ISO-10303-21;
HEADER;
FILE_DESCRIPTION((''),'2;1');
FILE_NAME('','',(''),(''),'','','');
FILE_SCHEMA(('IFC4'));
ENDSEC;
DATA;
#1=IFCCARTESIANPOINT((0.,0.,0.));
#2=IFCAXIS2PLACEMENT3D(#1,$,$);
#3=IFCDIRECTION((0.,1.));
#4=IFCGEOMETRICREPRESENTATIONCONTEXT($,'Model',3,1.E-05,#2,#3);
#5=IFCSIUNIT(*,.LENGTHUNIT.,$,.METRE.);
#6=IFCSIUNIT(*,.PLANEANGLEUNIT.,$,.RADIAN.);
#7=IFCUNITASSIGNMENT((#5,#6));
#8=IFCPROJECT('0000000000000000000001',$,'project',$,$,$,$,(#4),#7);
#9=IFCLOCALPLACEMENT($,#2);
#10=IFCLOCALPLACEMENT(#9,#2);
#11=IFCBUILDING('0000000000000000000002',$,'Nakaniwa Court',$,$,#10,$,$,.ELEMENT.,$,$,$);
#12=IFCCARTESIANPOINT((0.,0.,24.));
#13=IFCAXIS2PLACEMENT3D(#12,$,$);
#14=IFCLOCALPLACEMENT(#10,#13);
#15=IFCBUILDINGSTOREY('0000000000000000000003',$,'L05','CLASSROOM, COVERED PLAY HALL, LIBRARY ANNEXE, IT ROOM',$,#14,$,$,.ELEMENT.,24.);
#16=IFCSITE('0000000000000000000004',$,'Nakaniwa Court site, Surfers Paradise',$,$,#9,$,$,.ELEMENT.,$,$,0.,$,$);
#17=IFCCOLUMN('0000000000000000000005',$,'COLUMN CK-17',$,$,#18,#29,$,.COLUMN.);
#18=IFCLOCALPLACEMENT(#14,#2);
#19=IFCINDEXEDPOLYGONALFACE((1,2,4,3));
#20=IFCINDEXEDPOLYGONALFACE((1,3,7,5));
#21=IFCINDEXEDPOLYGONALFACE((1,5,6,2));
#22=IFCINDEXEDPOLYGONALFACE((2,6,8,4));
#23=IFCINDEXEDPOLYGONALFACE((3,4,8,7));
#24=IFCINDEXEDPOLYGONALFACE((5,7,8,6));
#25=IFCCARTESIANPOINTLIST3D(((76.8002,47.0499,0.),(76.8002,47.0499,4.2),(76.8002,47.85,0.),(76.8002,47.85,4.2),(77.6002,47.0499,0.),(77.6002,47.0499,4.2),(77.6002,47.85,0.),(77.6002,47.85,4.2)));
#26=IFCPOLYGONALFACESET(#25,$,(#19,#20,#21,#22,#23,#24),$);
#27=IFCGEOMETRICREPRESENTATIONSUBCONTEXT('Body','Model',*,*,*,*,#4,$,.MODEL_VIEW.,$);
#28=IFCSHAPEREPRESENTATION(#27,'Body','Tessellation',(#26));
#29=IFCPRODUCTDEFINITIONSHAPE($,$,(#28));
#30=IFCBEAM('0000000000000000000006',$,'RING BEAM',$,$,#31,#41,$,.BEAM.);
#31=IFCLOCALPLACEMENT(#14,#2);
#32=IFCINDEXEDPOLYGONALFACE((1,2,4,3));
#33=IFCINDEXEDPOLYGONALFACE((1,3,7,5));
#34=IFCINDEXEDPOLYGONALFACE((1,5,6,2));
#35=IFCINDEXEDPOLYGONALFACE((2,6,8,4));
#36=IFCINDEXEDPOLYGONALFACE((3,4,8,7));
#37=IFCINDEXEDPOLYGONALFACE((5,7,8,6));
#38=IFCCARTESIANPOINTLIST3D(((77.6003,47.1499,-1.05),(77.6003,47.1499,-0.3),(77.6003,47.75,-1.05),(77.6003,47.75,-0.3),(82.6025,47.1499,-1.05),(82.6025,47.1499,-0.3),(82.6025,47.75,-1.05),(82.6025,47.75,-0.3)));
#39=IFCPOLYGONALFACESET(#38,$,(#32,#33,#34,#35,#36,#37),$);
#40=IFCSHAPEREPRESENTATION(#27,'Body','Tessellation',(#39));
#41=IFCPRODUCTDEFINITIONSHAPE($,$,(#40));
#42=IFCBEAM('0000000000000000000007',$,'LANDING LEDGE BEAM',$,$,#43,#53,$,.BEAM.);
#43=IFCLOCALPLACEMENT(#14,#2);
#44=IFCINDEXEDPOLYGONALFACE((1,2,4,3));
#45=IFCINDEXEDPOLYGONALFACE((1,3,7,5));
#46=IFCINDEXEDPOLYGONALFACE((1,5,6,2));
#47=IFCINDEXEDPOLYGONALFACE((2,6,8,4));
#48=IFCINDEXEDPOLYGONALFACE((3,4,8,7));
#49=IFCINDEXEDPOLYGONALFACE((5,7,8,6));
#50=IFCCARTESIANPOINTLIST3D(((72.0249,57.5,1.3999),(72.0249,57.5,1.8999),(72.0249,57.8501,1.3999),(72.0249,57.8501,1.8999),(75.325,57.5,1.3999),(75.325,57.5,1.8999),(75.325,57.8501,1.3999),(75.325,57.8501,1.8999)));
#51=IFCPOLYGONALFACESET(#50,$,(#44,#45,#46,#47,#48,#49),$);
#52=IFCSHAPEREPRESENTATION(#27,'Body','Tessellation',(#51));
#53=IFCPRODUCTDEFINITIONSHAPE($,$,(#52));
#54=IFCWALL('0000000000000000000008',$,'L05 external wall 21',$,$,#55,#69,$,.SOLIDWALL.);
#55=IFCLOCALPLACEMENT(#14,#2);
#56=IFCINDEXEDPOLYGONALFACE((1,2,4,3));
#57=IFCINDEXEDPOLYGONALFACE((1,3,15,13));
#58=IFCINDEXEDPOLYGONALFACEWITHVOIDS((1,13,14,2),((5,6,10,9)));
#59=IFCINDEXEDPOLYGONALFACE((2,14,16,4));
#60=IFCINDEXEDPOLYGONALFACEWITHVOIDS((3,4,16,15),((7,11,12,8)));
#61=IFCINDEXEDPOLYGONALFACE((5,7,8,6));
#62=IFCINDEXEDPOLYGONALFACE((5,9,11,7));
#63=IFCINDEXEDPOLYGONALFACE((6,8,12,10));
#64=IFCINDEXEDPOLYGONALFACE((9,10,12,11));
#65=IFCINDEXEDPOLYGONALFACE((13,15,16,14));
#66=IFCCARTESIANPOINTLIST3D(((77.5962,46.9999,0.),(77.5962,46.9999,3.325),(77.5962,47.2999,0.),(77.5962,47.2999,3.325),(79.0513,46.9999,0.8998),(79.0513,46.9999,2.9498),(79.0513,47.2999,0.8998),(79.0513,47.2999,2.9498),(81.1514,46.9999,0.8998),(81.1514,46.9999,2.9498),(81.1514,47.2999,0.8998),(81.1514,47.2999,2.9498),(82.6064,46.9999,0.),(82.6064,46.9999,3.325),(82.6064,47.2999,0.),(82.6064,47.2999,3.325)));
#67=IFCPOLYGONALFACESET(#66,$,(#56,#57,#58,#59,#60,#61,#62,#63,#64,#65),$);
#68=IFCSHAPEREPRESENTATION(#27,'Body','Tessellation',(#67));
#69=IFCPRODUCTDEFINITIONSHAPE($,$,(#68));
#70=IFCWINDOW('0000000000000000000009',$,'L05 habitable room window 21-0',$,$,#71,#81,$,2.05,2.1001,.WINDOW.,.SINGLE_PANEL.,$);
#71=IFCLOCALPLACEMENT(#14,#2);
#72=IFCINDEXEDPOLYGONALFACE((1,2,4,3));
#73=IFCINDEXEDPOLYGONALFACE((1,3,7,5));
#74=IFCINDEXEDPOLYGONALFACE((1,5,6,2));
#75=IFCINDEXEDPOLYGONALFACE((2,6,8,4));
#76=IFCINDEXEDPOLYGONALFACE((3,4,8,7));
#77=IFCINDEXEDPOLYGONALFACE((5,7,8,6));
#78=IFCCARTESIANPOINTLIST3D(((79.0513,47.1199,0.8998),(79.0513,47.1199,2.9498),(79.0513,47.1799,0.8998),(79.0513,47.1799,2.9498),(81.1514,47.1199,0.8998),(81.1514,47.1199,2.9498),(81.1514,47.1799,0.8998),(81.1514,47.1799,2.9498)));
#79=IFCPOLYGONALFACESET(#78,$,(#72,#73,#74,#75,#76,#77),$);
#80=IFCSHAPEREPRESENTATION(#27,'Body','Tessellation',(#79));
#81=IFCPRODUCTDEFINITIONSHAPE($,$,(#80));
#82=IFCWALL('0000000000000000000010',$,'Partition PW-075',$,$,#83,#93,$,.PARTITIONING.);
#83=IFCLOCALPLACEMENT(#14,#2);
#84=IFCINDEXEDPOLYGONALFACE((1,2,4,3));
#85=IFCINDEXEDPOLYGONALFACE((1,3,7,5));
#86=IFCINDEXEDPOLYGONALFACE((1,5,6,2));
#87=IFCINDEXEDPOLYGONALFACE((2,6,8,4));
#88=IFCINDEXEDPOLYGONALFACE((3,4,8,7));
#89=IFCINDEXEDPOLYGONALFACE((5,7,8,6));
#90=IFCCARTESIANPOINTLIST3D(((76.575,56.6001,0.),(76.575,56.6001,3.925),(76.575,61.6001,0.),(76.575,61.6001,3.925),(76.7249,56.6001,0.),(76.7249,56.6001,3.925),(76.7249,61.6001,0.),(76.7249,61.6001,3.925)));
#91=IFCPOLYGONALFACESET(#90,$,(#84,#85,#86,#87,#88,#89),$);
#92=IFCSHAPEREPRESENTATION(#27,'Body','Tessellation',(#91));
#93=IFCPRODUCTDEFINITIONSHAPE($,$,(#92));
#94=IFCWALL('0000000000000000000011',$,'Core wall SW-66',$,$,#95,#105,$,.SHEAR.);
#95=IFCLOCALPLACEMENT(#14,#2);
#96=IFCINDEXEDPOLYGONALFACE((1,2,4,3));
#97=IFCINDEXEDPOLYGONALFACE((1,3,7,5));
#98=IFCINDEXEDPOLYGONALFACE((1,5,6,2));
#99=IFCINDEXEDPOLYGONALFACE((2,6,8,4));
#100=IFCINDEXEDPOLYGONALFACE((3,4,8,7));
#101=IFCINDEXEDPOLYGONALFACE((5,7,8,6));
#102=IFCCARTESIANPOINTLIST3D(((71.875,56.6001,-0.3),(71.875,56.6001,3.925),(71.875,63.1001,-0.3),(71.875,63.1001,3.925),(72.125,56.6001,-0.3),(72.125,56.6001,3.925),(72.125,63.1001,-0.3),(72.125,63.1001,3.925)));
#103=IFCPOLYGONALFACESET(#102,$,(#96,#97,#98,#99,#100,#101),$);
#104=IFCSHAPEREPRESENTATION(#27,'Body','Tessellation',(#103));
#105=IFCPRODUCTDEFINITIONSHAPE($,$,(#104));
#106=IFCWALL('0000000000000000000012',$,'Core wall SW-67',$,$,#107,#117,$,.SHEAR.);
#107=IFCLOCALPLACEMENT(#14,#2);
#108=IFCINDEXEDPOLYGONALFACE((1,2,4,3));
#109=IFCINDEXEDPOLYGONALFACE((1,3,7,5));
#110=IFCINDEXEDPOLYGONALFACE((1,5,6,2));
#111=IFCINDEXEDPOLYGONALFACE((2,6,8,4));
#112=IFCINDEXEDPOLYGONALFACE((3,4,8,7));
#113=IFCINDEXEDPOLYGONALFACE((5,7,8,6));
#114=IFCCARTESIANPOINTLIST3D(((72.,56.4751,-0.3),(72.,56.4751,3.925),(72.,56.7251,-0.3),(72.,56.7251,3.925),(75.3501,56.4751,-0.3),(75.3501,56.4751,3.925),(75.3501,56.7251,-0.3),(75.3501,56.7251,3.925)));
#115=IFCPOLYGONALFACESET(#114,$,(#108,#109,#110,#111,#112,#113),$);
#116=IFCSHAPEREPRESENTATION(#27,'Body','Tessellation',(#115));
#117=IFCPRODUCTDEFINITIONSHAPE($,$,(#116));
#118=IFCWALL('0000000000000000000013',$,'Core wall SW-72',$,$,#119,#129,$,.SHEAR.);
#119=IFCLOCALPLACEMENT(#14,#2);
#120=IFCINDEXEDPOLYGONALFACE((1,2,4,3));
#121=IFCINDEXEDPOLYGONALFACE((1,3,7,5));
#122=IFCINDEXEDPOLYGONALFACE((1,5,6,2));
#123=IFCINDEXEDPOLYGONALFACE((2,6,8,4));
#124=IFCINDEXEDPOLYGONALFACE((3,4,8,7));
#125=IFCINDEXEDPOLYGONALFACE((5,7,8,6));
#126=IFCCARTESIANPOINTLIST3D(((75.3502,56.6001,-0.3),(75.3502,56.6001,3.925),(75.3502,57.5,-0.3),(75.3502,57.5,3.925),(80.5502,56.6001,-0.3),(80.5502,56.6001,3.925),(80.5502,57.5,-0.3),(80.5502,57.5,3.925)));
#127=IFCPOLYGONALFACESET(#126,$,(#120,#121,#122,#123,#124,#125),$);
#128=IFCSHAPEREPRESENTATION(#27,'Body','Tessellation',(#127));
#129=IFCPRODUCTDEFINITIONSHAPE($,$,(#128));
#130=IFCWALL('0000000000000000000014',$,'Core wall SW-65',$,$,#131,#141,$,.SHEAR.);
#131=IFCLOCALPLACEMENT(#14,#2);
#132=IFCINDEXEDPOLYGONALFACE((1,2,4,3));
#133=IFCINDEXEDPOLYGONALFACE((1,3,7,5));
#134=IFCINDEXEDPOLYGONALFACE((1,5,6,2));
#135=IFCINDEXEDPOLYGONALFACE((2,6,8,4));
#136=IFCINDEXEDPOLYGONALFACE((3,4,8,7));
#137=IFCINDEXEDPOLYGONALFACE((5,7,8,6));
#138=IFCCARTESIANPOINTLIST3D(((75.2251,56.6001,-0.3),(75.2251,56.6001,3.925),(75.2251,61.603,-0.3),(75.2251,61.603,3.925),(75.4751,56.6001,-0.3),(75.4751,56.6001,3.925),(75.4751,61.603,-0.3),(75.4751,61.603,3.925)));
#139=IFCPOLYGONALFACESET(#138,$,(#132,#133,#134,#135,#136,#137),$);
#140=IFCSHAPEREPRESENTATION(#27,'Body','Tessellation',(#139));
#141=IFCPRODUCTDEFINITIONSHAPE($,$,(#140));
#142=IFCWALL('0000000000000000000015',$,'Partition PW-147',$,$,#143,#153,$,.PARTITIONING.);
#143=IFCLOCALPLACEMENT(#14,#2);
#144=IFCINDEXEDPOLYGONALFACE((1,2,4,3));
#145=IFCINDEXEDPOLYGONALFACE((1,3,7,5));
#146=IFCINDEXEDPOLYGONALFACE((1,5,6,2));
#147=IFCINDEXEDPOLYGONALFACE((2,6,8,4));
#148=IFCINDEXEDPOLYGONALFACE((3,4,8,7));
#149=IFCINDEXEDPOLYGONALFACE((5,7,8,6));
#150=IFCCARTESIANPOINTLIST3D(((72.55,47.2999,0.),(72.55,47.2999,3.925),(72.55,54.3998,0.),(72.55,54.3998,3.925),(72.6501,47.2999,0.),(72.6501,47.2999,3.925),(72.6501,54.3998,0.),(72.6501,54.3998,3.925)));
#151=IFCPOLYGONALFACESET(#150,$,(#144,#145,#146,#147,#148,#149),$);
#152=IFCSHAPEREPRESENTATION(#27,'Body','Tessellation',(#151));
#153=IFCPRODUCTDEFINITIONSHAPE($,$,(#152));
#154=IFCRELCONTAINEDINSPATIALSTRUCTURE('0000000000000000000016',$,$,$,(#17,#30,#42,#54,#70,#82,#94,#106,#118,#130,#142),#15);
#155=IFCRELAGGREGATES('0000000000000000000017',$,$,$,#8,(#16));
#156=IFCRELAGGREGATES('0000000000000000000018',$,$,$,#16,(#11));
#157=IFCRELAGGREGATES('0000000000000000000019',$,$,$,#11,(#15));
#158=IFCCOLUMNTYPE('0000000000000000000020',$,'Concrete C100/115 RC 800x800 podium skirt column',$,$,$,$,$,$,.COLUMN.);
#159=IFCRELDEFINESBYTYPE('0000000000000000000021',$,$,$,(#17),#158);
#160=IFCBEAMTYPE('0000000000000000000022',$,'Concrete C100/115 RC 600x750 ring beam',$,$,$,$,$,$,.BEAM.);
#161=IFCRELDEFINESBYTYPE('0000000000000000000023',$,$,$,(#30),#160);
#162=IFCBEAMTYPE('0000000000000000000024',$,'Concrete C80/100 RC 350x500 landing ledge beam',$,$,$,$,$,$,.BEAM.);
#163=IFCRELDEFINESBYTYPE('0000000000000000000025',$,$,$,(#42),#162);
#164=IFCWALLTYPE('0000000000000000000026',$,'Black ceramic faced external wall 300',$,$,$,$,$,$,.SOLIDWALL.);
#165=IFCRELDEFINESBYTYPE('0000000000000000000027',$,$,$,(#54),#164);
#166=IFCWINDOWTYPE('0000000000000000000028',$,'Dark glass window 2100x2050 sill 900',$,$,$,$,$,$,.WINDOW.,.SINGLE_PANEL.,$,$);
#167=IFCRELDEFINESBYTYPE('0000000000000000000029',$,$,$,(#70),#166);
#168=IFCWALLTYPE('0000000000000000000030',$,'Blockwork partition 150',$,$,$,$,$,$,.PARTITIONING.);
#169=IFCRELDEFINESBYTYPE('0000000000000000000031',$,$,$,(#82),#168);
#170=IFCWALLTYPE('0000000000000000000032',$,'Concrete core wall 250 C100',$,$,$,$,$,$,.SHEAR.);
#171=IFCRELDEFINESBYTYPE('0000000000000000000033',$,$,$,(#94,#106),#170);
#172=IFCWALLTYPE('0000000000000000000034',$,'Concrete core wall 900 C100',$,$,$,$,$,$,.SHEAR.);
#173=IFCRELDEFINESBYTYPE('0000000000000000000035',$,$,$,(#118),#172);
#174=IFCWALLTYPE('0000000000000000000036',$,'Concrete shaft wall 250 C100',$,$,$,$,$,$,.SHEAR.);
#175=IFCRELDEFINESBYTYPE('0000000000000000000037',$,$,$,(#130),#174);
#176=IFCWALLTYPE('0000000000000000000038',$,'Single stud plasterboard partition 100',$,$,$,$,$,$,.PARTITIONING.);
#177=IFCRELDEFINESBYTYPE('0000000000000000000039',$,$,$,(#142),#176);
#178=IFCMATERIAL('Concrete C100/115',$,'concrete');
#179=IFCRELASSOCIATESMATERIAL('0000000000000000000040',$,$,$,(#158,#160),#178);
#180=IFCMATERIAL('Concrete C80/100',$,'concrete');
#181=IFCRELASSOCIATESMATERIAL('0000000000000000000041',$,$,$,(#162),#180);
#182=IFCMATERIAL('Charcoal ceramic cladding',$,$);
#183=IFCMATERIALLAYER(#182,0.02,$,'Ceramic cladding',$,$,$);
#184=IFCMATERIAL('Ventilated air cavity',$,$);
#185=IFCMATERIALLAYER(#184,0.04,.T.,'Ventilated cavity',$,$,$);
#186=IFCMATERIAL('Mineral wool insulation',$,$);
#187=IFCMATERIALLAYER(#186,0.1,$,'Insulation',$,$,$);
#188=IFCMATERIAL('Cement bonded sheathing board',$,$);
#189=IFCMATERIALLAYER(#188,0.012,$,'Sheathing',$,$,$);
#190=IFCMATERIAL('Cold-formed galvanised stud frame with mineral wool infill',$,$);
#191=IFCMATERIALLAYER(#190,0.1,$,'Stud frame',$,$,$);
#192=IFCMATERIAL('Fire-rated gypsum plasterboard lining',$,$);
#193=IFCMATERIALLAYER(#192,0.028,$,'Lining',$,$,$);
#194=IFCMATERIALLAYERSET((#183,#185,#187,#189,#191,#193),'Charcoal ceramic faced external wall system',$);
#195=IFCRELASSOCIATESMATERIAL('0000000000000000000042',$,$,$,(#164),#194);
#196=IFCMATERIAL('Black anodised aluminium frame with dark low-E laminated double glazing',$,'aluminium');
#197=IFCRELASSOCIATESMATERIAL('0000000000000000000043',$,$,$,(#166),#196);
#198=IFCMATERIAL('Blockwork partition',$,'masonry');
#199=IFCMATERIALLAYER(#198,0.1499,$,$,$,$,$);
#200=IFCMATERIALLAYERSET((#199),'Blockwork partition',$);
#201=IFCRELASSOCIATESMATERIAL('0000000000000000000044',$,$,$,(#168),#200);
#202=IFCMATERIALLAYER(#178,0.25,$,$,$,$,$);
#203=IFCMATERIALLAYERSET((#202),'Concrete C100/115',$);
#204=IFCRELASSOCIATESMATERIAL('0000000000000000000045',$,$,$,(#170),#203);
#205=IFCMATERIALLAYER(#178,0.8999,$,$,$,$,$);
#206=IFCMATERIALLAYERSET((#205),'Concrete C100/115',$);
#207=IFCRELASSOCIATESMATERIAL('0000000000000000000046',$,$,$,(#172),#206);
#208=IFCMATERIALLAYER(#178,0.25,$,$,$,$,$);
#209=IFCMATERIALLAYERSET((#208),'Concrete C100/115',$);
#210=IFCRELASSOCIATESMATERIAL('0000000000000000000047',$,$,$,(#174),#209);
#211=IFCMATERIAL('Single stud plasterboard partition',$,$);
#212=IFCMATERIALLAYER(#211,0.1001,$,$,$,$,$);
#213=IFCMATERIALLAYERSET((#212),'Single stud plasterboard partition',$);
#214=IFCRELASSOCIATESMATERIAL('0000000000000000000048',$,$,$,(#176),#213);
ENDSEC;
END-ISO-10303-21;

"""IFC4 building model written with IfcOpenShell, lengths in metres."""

from ifc_helpers import new_model, si_unit, direction, frame, frame_2d, origin, origin_2d, place, context, subcontext, project, spatial, rectangle, extrude, material, layer, layer_set, material_profile, profile_set, type_object, element, fill, save


model = new_model("IFC4")

# Units and contexts
model_context = context("Model", 3, precision=1e-05, world=origin(), true_north=direction((0.0, 1.0)))
body_context = subcontext(model_context, "Body", "Model", "MODEL_VIEW")
ifc_project = project(units=[si_unit("LENGTHUNIT", "METRE"), si_unit("PLANEANGLEUNIT", "RADIAN")], contexts=[model_context])

# Site, building, storey
site_placement = place(None, origin())
site = spatial("IfcSite", under=ifc_project, at=site_placement, Name="Nakaniwa Court site, Surfers Paradise", CompositionType="ELEMENT", RefElevation=0.0)
building_placement = place(site_placement, origin())
building = spatial("IfcBuilding", under=site, at=building_placement, Name="Nakaniwa Court", CompositionType="ELEMENT")
storey_placement = place(building_placement, frame((0.0, 0.0, 24.0)))
storey = spatial("IfcBuildingStorey", under=building, at=storey_placement, Name="L05", Description="CLASSROOM, COVERED PLAY HALL, LIBRARY ANNEXE, IT ROOM", CompositionType="ELEMENT", Elevation=24.0)

# Column
ifc_material_1 = material(Name="Concrete C100/115", Category="concrete")
ifc_material_profile_1 = material_profile(ifc_material_1, rectangle(XDim=0.8, YDim=0.8, at=origin_2d()), Name="Concrete C100/115 RC 800x800 podium skirt column")
ifc_profile_set_1 = profile_set([ifc_material_profile_1], Name="Concrete C100/115")
column_type = type_object("IfcColumnType", Name="Concrete C100/115 RC 800x800 podium skirt column", PredefinedType="COLUMN", material=ifc_profile_set_1)
column_placement = place(storey_placement, frame((77.2002, 47.45, 0.0), z_axis=(0.0, 0.0, 1.0), x_axis=(1.0, 0.0, 0.0)))
element("IfcColumn", 1, at=column_placement, inside=storey, type_object=column_type, Name="COLUMN CK-17", PredefinedType="COLUMN", context=body_context, shape_type="SweptSolid", body=[
    extrude(rectangle(XDim=0.8, YDim=0.8, at=origin_2d()), origin(), (0.0, 0.0, 1.0), 4.2),
])

# Beams
ifc_material_profile_2 = material_profile(ifc_material_1, rectangle(XDim=0.6001, YDim=0.75, at=origin_2d()), Name="Concrete C100/115 RC 600x750 ring beam")
ifc_profile_set_2 = profile_set([ifc_material_profile_2], Name="Concrete C100/115")
beam_type_1 = type_object("IfcBeamType", Name="Concrete C100/115 RC 600x750 ring beam", PredefinedType="BEAM", material=ifc_profile_set_2)
beam_1_placement = place(storey_placement, frame((77.6003, 47.45, -0.675), z_axis=(1.0, 0.0, 0.0), x_axis=(0.0, 1.0, 0.0)))
element("IfcBeam", 2, at=beam_1_placement, inside=storey, type_object=beam_type_1, Name="RING BEAM", PredefinedType="BEAM", context=body_context, shape_type="SweptSolid", body=[
    extrude(rectangle(XDim=0.6001, YDim=0.75, at=origin_2d()), origin(), (0.0, 0.0, 1.0), 5.0022),
])
ifc_material_2 = material(Name="Concrete C80/100", Category="concrete")
ifc_material_profile_3 = material_profile(ifc_material_2, rectangle(XDim=0.3501, YDim=0.5, at=origin_2d()), Name="Concrete C80/100 RC 350x500 landing ledge beam")
ifc_profile_set_3 = profile_set([ifc_material_profile_3], Name="Concrete C80/100")
beam_type_2 = type_object("IfcBeamType", Name="Concrete C80/100 RC 350x500 landing ledge beam", PredefinedType="BEAM", material=ifc_profile_set_3)
beam_2_placement = place(storey_placement, frame((72.0249, 57.675, 1.6499), z_axis=(1.0, 0.0, 0.0), x_axis=(0.0, 1.0, 0.0)))
element("IfcBeam", 3, at=beam_2_placement, inside=storey, type_object=beam_type_2, Name="LANDING LEDGE BEAM", PredefinedType="BEAM", context=body_context, shape_type="SweptSolid", body=[
    extrude(rectangle(XDim=0.3501, YDim=0.5, at=origin_2d()), origin(), (0.0, 0.0, 1.0), 3.3),
])

# Wall, opening, window
ifc_material_3 = material(Name="Charcoal ceramic cladding")
ifc_layer_1 = layer(ifc_material_3, 0.02, Name="Ceramic cladding")
ifc_material_4 = material(Name="Ventilated air cavity")
ifc_layer_2 = layer(ifc_material_4, 0.04, ventilated=True, Name="Ventilated cavity")
ifc_material_5 = material(Name="Mineral wool insulation")
ifc_layer_3 = layer(ifc_material_5, 0.1, Name="Insulation")
ifc_material_6 = material(Name="Cement bonded sheathing board")
ifc_layer_4 = layer(ifc_material_6, 0.012, Name="Sheathing")
ifc_material_7 = material(Name="Cold-formed galvanised stud frame with mineral wool infill")
ifc_layer_5 = layer(ifc_material_7, 0.1, Name="Stud frame")
ifc_material_8 = material(Name="Fire-rated gypsum plasterboard lining")
ifc_layer_6 = layer(ifc_material_8, 0.028, Name="Lining")
ifc_layer_set_1 = layer_set([ifc_layer_1, ifc_layer_2, ifc_layer_3, ifc_layer_4, ifc_layer_5, ifc_layer_6], Name="Charcoal ceramic faced external wall system")
wall_type_1 = type_object("IfcWallType", Name="Black ceramic faced external wall 300", PredefinedType="SOLIDWALL", material=ifc_layer_set_1)
wall_1_placement = place(storey_placement, frame((77.5962, 47.1499, 0.0), z_axis=(0.0, 0.0, 1.0), x_axis=(1.0, 0.0, 0.0)))
wall_1 = element("IfcWall", 4, at=wall_1_placement, inside=storey, type_object=wall_type_1, Name="L05 external wall 21", PredefinedType="SOLIDWALL", context=body_context, shape_type="SweptSolid", body=[
    extrude(rectangle(XDim=5.0103, YDim=0.3, at=frame_2d((2.5051, 0.0))), origin(), (0.0, 0.0, 1.0), 3.325),
])
opening_placement = place(wall_1_placement, frame((1.4551, 0.0, 0.8999)))
opening = element("IfcOpeningElement", 5, at=opening_placement, cuts=wall_1, PredefinedType="OPENING", context=body_context, shape_type="SweptSolid", body=[
    extrude(rectangle(XDim=2.1001, YDim=2.05, at=frame_2d((1.05, 1.0249))), frame((0.0, 0.1599, 0.0), z_axis=(0.0, -1.0, 0.0), x_axis=(1.0, 0.0, 0.0)), (0.0, 0.0, 1.0), 0.3201),
])
ifc_material_9 = material(Name="Black anodised aluminium frame with dark low-E laminated double glazing", Category="aluminium")
window_type = type_object("IfcWindowType", Name="Dark glass window 2100x2050 sill 900", PartitioningType="SINGLE_PANEL", PredefinedType="WINDOW", material=ifc_material_9)
window_placement = place(opening_placement, origin())
window = element("IfcWindow", 6, at=window_placement, inside=storey, type_object=window_type, Name="L05 habitable room window 21-0", OverallHeight=2.05, OverallWidth=2.1001, PartitioningType="SINGLE_PANEL", PredefinedType="WINDOW", context=body_context, shape_type="SweptSolid", body=[
    extrude(rectangle(XDim=2.1001, YDim=2.05, at=frame_2d((1.05, 1.0249))), frame((0.0, 0.03, 0.0), z_axis=(0.0, -1.0, 0.0), x_axis=(1.0, 0.0, 0.0)), (0.0, 0.0, 1.0), 0.0601),
])
fill(opening, window)

# Walls
ifc_material_10 = material(Name="Blockwork partition", Category="masonry")
ifc_layer_7 = layer(ifc_material_10, 0.1499)
ifc_layer_set_2 = layer_set([ifc_layer_7], Name="Blockwork partition")
wall_type_2 = type_object("IfcWallType", Name="Blockwork partition 150", PredefinedType="PARTITIONING", material=ifc_layer_set_2)
wall_2_placement = place(storey_placement, frame((76.6499, 56.6001, 0.0), z_axis=(0.0, 0.0, 1.0), x_axis=(0.0, 1.0, 0.0)))
element("IfcWall", 7, at=wall_2_placement, inside=storey, type_object=wall_type_2, Name="Partition PW-075", PredefinedType="PARTITIONING", context=body_context, shape_type="SweptSolid", body=[
    extrude(rectangle(XDim=5.0, YDim=0.1499, at=frame_2d((2.5, 0.0))), origin(), (0.0, 0.0, 1.0), 3.925),
])
ifc_layer_8 = layer(ifc_material_1, 0.25)
ifc_layer_set_3 = layer_set([ifc_layer_8], Name="Concrete C100/115")
wall_type_3 = type_object("IfcWallType", Name="Concrete core wall 250 C100", PredefinedType="SHEAR", material=ifc_layer_set_3)
wall_3_placement = place(storey_placement, frame((72.0, 56.6001, -0.3), z_axis=(0.0, 0.0, 1.0), x_axis=(0.0, 1.0, 0.0)))
element("IfcWall", 8, at=wall_3_placement, inside=storey, type_object=wall_type_3, Name="Core wall SW-66", PredefinedType="SHEAR", context=body_context, shape_type="SweptSolid", body=[
    extrude(rectangle(XDim=6.5, YDim=0.25, at=frame_2d((3.25, 0.0))), origin(), (0.0, 0.0, 1.0), 4.2251),
])
wall_4_placement = place(storey_placement, frame((72.0, 56.6001, -0.3), z_axis=(0.0, 0.0, 1.0), x_axis=(1.0, 0.0, 0.0)))
element("IfcWall", 9, at=wall_4_placement, inside=storey, type_object=wall_type_3, Name="Core wall SW-67", PredefinedType="SHEAR", context=body_context, shape_type="SweptSolid", body=[
    extrude(rectangle(XDim=3.3501, YDim=0.25, at=frame_2d((1.675, 0.0))), origin(), (0.0, 0.0, 1.0), 4.2251),
])
ifc_layer_9 = layer(ifc_material_1, 0.8999)
ifc_layer_set_4 = layer_set([ifc_layer_9], Name="Concrete C100/115")
wall_type_4 = type_object("IfcWallType", Name="Concrete core wall 900 C100", PredefinedType="SHEAR", material=ifc_layer_set_4)
wall_5_placement = place(storey_placement, frame((75.3501, 57.05, -0.3), z_axis=(0.0, 0.0, 1.0), x_axis=(1.0, 0.0, 0.0)))
element("IfcWall", 10, at=wall_5_placement, inside=storey, type_object=wall_type_4, Name="Core wall SW-72", PredefinedType="SHEAR", context=body_context, shape_type="SweptSolid", body=[
    extrude(rectangle(XDim=5.2, YDim=0.8999, at=frame_2d((2.6001, 0.0))), origin(), (0.0, 0.0, 1.0), 4.2251),
])
ifc_layer_10 = layer(ifc_material_1, 0.25)
ifc_layer_set_5 = layer_set([ifc_layer_10], Name="Concrete C100/115")
wall_type_5 = type_object("IfcWallType", Name="Concrete shaft wall 250 C100", PredefinedType="SHEAR", material=ifc_layer_set_5)
wall_6_placement = place(storey_placement, frame((75.3501, 56.6001, -0.3), z_axis=(0.0, 0.0, 1.0), x_axis=(0.0, 1.0, 0.0)))
element("IfcWall", 11, at=wall_6_placement, inside=storey, type_object=wall_type_5, Name="Core wall SW-65", PredefinedType="SHEAR", context=body_context, shape_type="SweptSolid", body=[
    extrude(rectangle(XDim=5.0029, YDim=0.25, at=frame_2d((2.5015, 0.0))), origin(), (0.0, 0.0, 1.0), 4.2251),
])
ifc_material_11 = material(Name="Single stud plasterboard partition")
ifc_layer_11 = layer(ifc_material_11, 0.1001)
ifc_layer_set_6 = layer_set([ifc_layer_11], Name="Single stud plasterboard partition")
wall_type_6 = type_object("IfcWallType", Name="Single stud plasterboard partition 100", PredefinedType="PARTITIONING", material=ifc_layer_set_6)
wall_7_placement = place(storey_placement, frame((72.6001, 47.3, 0.0), z_axis=(0.0, 0.0, 1.0), x_axis=(0.0, 1.0, 0.0)))
element("IfcWall", 12, at=wall_7_placement, inside=storey, type_object=wall_type_6, Name="Partition PW-147", PredefinedType="PARTITIONING", context=body_context, shape_type="SweptSolid", body=[
    extrude(rectangle(XDim=7.0999, YDim=0.1001, at=frame_2d((3.5498, 0.0))), origin(), (0.0, 0.0, 1.0), 3.925),
])

save(model, "model.ifc")
